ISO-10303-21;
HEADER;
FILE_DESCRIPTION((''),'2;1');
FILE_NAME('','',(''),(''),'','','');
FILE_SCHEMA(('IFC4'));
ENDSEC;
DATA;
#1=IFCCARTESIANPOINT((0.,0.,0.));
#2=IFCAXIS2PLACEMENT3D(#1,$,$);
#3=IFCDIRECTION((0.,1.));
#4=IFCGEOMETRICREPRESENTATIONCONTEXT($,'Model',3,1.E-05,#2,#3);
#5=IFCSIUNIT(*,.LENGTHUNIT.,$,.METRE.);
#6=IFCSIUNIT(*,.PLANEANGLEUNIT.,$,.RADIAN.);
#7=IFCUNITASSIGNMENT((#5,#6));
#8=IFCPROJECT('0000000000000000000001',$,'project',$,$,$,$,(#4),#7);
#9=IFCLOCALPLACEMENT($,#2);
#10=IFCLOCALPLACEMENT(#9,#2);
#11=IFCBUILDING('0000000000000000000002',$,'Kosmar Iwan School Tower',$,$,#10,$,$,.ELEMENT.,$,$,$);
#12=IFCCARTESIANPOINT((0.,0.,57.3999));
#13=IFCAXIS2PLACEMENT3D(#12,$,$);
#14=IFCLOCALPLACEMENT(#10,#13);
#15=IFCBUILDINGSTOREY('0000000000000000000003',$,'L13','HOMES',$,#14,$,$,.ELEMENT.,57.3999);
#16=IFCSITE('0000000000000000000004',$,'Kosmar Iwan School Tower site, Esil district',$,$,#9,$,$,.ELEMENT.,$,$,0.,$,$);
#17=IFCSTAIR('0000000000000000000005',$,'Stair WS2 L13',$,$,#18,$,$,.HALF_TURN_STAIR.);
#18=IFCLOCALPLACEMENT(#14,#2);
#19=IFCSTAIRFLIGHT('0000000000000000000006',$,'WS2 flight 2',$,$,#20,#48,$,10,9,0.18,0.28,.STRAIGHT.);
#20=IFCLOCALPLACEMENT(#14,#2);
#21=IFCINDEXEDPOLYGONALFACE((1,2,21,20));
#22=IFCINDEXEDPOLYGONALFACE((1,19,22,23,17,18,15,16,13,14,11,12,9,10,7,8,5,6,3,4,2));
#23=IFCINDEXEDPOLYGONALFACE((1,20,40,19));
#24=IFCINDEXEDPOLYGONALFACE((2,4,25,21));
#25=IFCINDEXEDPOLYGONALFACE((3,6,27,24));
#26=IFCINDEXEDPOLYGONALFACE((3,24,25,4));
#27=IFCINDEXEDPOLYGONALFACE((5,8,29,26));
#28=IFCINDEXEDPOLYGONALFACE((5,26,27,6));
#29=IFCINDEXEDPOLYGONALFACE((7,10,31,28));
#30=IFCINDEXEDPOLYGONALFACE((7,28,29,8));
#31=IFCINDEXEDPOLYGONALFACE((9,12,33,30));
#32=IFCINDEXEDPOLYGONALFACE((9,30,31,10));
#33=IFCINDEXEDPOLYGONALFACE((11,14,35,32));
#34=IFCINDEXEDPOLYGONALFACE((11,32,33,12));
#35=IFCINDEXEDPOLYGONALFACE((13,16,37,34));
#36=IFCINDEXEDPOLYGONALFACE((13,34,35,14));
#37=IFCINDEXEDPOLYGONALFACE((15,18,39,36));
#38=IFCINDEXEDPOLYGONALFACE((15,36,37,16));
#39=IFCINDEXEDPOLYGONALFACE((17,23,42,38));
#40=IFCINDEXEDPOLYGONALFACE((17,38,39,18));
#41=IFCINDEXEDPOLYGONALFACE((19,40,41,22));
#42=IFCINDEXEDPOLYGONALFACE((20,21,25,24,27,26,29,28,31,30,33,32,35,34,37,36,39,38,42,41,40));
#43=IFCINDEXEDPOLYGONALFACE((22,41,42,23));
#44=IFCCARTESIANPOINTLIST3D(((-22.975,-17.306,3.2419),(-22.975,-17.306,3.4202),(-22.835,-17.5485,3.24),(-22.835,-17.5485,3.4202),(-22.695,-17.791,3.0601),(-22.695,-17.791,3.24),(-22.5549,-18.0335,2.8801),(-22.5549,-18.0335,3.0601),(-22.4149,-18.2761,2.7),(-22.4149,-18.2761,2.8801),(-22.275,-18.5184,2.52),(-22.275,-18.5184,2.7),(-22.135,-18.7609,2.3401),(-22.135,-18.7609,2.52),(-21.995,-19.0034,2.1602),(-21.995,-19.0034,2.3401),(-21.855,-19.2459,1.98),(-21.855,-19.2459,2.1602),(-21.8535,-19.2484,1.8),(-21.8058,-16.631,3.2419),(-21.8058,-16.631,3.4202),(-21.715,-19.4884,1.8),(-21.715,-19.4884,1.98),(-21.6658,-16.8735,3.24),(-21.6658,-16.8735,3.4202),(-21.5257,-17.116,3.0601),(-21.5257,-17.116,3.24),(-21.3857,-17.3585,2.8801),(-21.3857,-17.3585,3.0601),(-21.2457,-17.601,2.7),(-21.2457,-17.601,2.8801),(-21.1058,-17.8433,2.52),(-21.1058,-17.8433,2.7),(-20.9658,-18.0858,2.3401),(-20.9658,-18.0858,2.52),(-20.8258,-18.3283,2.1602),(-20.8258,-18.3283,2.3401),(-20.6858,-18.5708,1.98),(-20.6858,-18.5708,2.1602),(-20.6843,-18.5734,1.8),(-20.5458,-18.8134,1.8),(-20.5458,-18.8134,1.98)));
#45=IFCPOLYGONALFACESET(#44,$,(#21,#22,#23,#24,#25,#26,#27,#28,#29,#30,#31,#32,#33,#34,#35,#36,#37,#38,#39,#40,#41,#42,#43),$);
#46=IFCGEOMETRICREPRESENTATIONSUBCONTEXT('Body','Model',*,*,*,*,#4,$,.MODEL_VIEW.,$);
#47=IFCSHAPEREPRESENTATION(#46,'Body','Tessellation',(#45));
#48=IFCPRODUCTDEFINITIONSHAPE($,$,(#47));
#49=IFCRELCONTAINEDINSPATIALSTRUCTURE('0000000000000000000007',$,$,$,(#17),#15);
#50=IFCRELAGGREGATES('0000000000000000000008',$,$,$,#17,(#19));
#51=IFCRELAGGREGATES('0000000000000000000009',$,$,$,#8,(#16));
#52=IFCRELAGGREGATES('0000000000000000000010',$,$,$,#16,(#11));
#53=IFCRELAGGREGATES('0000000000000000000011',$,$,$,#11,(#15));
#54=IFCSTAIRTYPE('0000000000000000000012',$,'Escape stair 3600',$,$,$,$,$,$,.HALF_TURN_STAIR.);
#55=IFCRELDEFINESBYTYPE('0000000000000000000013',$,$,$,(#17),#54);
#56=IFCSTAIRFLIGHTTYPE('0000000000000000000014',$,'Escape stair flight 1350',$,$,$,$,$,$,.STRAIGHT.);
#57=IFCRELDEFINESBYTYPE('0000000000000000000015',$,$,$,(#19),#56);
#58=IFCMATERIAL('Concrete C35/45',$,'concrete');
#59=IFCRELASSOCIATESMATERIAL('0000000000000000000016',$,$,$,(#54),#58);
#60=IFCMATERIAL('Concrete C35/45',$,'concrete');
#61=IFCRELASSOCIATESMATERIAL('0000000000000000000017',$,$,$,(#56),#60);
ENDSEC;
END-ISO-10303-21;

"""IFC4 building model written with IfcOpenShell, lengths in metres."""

from ifc_helpers import new_model, si_unit, direction, frame, origin, place, context, subcontext, project, spatial, polyline, outline, extrude, material, type_object, element, aggregate, save


model = new_model("IFC4")

# Units and contexts
model_context = context("Model", 3, precision=1e-05, world=origin(), true_north=direction((0.0, 1.0)))
body_context = subcontext(model_context, "Body", "Model", "MODEL_VIEW")
ifc_project = project(units=[si_unit("LENGTHUNIT", "METRE"), si_unit("PLANEANGLEUNIT", "RADIAN")], contexts=[model_context])

# Site, building, storey
site_placement = place(None, origin())
site = spatial("IfcSite", under=ifc_project, at=site_placement, Name="Kosmar Iwan School Tower site, Esil district", CompositionType="ELEMENT", RefElevation=0.0)
building_placement = place(site_placement, origin())
building = spatial("IfcBuilding", under=site, at=building_placement, Name="Kosmar Iwan School Tower", CompositionType="ELEMENT")
storey_placement = place(building_placement, frame((0.0, 0.0, 57.3999)))
storey = spatial("IfcBuildingStorey", under=building, at=storey_placement, Name="L13", Description="HOMES", CompositionType="ELEMENT", Elevation=57.3999)

# Stair, stair flight
ifc_material_1 = material(Name="Concrete C35/45", Category="concrete")
stair_type = type_object("IfcStairType", Name="Escape stair 3600", PredefinedType="HALF_TURN_STAIR", material=ifc_material_1)
stair_placement = place(storey_placement, origin())
stair = element("IfcStair", 1, at=stair_placement, inside=storey, type_object=stair_type, Name="Stair WS2 L13", PredefinedType="HALF_TURN_STAIR")
ifc_material_2 = material(Name="Concrete C35/45", Category="concrete")
stair_flight_type = type_object("IfcStairFlightType", Name="Escape stair flight 1350", PredefinedType="STRAIGHT", material=ifc_material_2)
stair_flight_1_placement = place(storey_placement, frame((-21.1304, -19.1509, 1.8), z_axis=(0.0, 0.0, 1.0), x_axis=(-0.5, 0.866025, 0.0)))
stair_flight_1 = element("IfcStairFlight", 2, at=stair_flight_1_placement, type_object=stair_flight_type, Name="WS2 flight 2", NumberOfRisers=10, NumberOfTreads=9, PredefinedType="STRAIGHT", RiserHeight=0.18, TreadLength=0.28, context=body_context, shape_type="SweptSolid", body=[
    extrude(outline(polyline([(0.0, 0.0), (0.0, 0.1799), (0.28, 0.1799), (0.28, 0.3601), (0.5601, 0.3601), (0.5601, 0.54), (0.8401, 0.54), (0.8401, 0.72), (1.1201, 0.72), (1.1201, 0.8999), (1.3999, 0.8999), (1.3999, 1.0801), (1.6799, 1.0801), (1.6799, 1.26), (1.96, 1.26), (1.96, 1.4399), (2.24, 1.4399), (2.24, 1.6201), (2.52, 1.6201), (2.52, 1.8), (2.52, 1.4419), (0.2771, 0.0), (0.0, 0.0)])), frame((0.0, 0.675, 0.0), z_axis=(0.0, -1.0, 0.0), x_axis=(1.0, 0.0, 0.0)), (0.0, 0.0, 1.0), 1.3501),
])
aggregate(stair, [stair_flight_1])

save(model, "model.ifc")
